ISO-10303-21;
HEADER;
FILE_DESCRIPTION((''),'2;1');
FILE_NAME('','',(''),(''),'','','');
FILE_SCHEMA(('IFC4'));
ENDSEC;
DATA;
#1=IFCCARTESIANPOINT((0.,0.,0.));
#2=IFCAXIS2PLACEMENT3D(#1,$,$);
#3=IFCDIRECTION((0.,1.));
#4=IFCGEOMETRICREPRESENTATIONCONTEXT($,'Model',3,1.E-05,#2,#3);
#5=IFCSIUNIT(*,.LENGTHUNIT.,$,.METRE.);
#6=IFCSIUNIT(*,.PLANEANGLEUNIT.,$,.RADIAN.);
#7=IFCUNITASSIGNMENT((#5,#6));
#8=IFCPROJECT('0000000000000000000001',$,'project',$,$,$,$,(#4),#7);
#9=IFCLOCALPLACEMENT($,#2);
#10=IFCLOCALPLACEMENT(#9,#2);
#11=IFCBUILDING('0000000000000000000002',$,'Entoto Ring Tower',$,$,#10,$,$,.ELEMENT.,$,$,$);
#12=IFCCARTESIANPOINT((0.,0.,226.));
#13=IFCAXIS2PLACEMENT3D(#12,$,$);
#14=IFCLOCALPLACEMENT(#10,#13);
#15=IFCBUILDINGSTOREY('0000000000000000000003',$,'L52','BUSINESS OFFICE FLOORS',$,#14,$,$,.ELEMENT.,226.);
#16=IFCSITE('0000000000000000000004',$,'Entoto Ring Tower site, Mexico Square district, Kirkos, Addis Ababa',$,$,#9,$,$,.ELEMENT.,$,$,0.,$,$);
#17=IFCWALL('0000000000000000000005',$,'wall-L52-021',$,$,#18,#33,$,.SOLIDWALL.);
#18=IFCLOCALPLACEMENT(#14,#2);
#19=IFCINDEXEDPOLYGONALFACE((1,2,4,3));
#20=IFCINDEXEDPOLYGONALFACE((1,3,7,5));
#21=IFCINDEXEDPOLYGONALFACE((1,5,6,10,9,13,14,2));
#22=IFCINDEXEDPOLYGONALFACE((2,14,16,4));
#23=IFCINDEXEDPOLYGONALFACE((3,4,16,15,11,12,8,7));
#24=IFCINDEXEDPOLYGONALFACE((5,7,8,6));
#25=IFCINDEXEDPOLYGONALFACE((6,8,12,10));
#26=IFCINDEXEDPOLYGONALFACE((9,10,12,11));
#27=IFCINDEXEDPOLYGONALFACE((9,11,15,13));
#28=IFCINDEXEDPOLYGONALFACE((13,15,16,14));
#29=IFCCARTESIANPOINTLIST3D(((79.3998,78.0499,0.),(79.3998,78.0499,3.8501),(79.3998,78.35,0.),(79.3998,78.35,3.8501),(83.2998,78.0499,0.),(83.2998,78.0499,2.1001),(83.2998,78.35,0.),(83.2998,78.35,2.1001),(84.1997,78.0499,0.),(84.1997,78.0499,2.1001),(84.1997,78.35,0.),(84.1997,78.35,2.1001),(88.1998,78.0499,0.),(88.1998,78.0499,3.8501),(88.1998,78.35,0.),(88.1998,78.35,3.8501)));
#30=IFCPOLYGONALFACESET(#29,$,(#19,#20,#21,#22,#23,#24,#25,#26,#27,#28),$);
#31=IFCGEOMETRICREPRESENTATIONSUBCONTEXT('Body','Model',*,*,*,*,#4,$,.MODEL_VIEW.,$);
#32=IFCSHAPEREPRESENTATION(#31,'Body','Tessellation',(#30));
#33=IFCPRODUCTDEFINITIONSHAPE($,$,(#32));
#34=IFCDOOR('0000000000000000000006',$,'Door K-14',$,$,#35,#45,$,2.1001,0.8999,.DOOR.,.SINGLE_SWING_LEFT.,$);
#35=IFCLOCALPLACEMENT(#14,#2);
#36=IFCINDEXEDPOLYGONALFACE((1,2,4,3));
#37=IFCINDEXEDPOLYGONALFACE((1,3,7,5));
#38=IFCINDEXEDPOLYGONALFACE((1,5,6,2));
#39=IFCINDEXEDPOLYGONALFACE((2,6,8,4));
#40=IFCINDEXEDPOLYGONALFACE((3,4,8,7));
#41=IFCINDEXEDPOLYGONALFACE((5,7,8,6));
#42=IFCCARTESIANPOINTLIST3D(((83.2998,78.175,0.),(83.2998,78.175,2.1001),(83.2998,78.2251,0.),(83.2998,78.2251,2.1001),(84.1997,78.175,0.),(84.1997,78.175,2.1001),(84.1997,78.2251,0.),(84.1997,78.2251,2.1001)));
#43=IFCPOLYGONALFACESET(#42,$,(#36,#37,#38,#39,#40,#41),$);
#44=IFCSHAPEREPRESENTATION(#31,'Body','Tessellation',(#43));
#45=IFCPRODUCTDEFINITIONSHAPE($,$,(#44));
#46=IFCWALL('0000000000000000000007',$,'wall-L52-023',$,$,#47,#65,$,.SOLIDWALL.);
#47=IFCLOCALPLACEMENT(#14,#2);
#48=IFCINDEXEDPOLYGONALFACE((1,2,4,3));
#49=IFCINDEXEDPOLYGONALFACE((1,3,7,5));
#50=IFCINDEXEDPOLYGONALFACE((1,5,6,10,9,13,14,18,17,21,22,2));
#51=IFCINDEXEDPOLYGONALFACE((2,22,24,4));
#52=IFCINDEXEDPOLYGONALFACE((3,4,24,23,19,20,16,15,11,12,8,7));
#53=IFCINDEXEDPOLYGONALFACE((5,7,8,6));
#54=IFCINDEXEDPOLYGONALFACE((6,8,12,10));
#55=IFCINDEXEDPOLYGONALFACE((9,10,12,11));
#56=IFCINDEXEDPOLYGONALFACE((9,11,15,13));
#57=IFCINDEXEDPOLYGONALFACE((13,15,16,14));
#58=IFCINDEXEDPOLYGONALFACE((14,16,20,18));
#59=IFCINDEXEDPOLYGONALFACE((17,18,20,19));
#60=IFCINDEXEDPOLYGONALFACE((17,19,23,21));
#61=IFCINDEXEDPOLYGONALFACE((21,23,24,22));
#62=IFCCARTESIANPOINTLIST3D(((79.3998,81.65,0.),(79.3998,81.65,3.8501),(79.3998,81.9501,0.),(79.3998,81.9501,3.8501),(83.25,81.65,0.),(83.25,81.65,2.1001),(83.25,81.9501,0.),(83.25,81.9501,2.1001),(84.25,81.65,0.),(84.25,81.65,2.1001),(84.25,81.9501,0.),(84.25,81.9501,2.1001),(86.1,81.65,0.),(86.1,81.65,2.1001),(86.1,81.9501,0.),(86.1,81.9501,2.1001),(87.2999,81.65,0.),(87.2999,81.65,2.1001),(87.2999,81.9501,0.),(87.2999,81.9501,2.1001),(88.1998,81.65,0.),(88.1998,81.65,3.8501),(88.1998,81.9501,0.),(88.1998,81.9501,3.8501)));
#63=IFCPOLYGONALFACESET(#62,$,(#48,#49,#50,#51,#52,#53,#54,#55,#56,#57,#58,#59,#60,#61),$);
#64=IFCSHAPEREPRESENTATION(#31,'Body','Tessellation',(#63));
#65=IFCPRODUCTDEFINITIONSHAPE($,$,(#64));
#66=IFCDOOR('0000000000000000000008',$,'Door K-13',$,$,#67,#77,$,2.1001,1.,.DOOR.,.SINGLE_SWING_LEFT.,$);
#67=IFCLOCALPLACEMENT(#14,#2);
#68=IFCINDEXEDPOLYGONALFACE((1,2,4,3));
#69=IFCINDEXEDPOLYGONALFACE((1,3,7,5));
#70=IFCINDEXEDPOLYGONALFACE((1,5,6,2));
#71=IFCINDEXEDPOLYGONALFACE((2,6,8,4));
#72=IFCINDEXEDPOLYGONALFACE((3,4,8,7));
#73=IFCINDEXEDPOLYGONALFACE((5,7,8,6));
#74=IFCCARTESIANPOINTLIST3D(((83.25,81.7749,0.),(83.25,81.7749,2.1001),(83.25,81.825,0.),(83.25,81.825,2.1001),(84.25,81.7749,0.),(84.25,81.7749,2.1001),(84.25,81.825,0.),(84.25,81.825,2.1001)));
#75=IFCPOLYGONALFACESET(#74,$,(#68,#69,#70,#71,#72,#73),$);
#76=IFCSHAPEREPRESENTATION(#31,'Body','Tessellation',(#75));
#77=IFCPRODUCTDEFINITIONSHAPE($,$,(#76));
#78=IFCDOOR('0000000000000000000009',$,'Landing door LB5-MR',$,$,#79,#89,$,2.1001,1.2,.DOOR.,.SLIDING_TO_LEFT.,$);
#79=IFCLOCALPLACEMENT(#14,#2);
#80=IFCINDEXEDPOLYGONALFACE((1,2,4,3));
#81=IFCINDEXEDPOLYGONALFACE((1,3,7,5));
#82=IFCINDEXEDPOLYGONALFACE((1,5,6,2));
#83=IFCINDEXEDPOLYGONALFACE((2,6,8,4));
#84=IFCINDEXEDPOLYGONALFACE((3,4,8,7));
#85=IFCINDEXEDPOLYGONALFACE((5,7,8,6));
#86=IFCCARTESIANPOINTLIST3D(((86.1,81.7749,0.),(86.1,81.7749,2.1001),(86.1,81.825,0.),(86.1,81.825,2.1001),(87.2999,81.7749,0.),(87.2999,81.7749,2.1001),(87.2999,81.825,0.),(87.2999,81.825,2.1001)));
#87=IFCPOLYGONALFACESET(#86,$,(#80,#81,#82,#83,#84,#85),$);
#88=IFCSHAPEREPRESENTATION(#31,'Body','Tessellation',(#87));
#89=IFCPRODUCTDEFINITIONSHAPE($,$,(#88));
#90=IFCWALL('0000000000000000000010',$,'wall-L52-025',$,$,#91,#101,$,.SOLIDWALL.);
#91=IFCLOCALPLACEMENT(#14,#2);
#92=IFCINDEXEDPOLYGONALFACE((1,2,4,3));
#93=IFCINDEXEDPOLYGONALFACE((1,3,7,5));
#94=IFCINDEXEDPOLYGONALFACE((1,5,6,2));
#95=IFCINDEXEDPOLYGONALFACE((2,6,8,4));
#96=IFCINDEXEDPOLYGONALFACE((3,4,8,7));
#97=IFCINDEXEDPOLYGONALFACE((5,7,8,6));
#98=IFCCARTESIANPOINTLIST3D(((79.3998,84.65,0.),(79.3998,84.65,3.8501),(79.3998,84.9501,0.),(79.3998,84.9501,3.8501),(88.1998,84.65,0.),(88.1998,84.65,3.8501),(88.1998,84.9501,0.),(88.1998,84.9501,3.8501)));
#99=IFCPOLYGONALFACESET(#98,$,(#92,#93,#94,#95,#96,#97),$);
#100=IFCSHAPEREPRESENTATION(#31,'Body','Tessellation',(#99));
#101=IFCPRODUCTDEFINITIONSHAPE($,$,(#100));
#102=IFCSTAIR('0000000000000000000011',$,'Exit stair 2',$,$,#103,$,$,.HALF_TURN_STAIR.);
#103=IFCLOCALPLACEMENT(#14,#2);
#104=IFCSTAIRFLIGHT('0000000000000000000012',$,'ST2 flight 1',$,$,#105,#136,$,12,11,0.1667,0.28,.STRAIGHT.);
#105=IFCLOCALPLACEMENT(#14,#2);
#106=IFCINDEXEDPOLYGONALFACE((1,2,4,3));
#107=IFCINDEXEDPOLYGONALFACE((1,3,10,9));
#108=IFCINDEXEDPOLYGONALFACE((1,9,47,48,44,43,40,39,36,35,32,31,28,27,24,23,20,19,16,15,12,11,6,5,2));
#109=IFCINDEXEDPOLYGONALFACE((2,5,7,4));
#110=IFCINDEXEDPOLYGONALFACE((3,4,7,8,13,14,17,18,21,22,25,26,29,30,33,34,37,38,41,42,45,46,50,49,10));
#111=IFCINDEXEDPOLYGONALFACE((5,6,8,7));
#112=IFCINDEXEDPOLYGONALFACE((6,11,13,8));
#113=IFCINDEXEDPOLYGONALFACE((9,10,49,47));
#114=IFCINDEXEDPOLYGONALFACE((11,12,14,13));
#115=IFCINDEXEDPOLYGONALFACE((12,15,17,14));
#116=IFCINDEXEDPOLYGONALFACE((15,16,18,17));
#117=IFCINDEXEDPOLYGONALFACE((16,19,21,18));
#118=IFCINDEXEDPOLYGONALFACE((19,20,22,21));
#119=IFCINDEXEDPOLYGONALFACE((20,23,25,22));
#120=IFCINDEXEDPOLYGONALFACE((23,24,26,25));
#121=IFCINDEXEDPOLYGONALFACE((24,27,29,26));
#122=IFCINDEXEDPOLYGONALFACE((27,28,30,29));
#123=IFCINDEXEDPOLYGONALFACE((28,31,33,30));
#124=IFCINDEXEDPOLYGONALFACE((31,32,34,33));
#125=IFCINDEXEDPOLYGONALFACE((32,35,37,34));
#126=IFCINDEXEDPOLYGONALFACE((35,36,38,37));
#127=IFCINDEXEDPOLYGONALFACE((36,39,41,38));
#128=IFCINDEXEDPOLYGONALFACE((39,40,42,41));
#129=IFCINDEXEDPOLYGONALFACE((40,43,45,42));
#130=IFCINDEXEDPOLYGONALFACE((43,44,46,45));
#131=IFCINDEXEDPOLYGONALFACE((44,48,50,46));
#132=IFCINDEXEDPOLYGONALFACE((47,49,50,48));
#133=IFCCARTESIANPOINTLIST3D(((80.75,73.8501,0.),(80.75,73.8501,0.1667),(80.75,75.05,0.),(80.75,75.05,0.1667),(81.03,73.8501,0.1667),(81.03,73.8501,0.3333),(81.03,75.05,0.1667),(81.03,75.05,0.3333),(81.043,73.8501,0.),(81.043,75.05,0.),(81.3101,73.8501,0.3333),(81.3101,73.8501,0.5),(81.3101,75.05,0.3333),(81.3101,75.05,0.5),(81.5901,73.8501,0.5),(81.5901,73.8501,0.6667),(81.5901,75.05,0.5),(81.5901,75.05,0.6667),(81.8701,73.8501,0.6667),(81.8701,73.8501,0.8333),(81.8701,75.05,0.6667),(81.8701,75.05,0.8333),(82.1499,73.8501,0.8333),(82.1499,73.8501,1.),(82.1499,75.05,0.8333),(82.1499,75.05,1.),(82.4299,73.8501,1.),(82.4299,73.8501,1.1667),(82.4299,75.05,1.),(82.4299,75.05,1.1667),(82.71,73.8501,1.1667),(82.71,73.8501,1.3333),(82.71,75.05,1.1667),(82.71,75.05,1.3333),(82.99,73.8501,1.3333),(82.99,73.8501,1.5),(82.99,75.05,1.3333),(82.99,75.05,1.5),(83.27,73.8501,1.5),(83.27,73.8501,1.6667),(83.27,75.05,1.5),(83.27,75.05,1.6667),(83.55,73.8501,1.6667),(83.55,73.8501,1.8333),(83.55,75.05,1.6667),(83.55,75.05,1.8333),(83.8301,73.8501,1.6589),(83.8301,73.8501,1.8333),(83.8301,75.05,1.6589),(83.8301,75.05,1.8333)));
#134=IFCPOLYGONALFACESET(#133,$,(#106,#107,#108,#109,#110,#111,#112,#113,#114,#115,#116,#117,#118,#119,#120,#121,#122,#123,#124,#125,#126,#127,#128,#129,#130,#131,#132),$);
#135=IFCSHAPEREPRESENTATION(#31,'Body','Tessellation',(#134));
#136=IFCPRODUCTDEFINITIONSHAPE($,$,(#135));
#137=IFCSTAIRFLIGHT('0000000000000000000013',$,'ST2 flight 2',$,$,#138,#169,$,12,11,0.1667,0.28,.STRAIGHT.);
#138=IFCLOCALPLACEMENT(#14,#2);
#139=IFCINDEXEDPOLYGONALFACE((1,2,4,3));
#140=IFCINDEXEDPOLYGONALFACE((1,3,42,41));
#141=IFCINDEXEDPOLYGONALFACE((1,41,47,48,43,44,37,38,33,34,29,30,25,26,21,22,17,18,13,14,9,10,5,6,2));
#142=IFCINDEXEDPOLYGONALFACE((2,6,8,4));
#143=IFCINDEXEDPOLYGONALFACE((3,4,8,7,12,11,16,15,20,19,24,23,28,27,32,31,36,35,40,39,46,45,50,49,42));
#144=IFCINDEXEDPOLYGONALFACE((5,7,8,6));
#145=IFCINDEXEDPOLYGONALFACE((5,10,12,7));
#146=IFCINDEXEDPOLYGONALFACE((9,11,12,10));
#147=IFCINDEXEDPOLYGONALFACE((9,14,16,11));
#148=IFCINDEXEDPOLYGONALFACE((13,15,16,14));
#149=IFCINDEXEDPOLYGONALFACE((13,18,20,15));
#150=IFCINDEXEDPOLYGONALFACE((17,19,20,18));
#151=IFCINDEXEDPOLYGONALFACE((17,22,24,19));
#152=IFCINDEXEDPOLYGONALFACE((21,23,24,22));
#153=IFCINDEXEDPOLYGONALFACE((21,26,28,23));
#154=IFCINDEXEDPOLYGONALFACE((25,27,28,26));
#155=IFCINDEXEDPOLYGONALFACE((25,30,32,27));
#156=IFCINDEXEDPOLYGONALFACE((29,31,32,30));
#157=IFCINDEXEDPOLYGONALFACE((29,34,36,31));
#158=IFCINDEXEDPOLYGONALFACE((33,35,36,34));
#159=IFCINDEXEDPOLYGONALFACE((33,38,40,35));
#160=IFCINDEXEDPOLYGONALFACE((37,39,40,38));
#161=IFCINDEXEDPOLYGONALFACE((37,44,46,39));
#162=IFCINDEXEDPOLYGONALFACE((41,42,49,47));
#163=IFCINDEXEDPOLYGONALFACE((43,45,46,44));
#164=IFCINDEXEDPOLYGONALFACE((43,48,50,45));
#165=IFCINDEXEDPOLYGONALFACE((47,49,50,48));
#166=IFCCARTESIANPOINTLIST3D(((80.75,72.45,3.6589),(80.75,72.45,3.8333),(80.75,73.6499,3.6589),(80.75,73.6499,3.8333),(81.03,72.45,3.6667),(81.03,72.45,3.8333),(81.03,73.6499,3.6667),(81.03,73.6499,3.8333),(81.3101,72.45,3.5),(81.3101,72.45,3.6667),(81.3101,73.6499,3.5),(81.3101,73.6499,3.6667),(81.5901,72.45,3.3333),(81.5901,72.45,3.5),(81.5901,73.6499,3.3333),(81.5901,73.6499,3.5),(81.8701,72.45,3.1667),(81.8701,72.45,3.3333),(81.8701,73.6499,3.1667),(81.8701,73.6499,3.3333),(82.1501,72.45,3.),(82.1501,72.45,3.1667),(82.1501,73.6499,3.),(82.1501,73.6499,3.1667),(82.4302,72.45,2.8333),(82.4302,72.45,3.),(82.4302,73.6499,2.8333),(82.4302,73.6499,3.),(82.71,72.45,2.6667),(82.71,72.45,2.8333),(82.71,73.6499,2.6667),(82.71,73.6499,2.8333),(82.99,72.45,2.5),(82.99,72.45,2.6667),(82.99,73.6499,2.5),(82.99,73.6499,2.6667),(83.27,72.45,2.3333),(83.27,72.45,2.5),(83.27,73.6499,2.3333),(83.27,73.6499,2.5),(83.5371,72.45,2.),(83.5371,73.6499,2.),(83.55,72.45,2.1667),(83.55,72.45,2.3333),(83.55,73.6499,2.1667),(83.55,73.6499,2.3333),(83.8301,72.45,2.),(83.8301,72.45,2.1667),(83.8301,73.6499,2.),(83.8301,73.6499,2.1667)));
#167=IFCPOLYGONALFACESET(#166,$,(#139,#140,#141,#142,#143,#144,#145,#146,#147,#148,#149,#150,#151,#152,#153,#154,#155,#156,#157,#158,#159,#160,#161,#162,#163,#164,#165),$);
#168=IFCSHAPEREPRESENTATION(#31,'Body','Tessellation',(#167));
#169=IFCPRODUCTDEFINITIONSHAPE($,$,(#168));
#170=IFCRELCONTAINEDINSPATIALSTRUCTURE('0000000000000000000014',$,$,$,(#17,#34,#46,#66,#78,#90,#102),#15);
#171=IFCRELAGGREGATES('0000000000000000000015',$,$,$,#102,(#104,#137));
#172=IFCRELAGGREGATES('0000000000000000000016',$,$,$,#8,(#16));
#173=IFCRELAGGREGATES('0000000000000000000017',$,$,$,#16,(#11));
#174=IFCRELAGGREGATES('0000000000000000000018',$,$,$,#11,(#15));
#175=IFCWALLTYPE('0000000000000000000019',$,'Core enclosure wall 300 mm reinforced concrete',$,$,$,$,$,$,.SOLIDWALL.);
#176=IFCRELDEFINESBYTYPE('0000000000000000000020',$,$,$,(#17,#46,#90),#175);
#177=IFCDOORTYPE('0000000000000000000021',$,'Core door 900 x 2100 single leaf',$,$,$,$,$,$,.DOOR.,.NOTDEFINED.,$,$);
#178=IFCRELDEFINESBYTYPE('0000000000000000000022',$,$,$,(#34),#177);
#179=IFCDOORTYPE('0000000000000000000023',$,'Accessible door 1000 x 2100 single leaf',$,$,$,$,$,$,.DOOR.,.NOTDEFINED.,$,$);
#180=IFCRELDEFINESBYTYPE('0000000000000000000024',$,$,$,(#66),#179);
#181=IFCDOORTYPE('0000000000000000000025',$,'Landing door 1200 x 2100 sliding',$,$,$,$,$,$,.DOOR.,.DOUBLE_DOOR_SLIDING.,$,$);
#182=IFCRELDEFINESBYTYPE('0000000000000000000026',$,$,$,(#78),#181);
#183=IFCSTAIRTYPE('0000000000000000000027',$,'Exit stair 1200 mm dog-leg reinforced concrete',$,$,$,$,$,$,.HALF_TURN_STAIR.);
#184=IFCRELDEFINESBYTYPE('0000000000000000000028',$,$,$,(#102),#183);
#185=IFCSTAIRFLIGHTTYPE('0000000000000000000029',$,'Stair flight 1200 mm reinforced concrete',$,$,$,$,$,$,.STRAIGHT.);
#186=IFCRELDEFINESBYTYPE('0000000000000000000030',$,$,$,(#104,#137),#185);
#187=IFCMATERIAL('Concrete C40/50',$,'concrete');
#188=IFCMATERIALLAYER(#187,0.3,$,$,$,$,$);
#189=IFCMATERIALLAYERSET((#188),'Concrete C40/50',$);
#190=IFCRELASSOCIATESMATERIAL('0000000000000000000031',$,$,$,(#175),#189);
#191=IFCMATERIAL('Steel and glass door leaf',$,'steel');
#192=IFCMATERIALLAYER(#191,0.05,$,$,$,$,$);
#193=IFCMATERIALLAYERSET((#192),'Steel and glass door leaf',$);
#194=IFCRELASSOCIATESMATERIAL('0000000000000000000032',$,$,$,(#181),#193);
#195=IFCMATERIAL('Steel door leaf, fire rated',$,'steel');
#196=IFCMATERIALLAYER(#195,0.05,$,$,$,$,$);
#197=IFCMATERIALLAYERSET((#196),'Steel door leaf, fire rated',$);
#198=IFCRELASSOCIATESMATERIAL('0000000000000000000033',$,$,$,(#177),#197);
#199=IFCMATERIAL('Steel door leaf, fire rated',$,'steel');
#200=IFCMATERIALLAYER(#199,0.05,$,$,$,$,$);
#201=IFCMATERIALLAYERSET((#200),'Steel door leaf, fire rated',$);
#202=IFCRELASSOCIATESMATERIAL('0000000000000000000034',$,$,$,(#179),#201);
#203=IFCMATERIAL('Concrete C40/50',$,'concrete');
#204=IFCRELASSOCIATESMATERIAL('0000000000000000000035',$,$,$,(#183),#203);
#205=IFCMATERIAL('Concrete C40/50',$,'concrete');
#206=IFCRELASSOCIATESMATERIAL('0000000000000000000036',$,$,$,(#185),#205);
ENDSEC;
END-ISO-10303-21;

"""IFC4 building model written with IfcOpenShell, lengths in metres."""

from ifc_helpers import new_model, si_unit, direction, frame, frame_2d, origin, place, context, subcontext, project, spatial, polyline, rectangle, outline, extrude, material, layer, layer_set, type_object, element, fill, aggregate, save


model = new_model("IFC4")

# Units and contexts
model_context = context("Model", 3, precision=1e-05, world=origin(), true_north=direction((0.0, 1.0)))
body_context = subcontext(model_context, "Body", "Model", "MODEL_VIEW")
ifc_project = project(units=[si_unit("LENGTHUNIT", "METRE"), si_unit("PLANEANGLEUNIT", "RADIAN")], contexts=[model_context])

# Site, building, storey
site_placement = place(None, origin())
site = spatial("IfcSite", under=ifc_project, at=site_placement, Name="Entoto Ring Tower site, Mexico Square district, Kirkos, Addis Ababa", CompositionType="ELEMENT", RefElevation=0.0)
building_placement = place(site_placement, origin())
building = spatial("IfcBuilding", under=site, at=building_placement, Name="Entoto Ring Tower", CompositionType="ELEMENT")
storey_placement = place(building_placement, frame((0.0, 0.0, 226.0)))
storey = spatial("IfcBuildingStorey", under=building, at=storey_placement, Name="L52", Description="BUSINESS OFFICE FLOORS", CompositionType="ELEMENT", Elevation=226.0)

# Shared definitions
ifc_material_1 = material(Name="Concrete C40/50", Category="concrete")
ifc_layer_1 = layer(ifc_material_1, 0.3)
ifc_layer_set_1 = layer_set([ifc_layer_1], Name="Concrete C40/50")
wall_type = type_object("IfcWallType", Name="Core enclosure wall 300 mm reinforced concrete", PredefinedType="SOLIDWALL", material=ifc_layer_set_1)
ifc_material_2 = material(Name="Steel and glass door leaf", Category="steel")
ifc_layer_2 = layer(ifc_material_2, 0.05)
ifc_layer_set_2 = layer_set([ifc_layer_2], Name="Steel and glass door leaf")
door_type_1 = type_object("IfcDoorType", Name="Landing door 1200 x 2100 sliding", OperationType="DOUBLE_DOOR_SLIDING", PredefinedType="DOOR", material=ifc_layer_set_2)

# Wall, opening, door
wall_1_placement = place(storey_placement, frame((79.3999, 78.2, 0.0), z_axis=(0.0, 0.0, 1.0), x_axis=(1.0, 0.0, 0.0)))
wall_1 = element("IfcWall", 1, at=wall_1_placement, inside=storey, type_object=wall_type, Name="wall-L52-021", PredefinedType="SOLIDWALL", context=body_context, shape_type="SweptSolid", body=[
    extrude(rectangle(XDim=8.8, YDim=0.3, at=frame_2d((4.3999, 0.0))), origin(), (0.0, 0.0, 1.0), 3.8501),
])
opening_1_placement = place(wall_1_placement, frame((3.8999, 0.0, 0.0)))
opening_1 = element("IfcOpeningElement", 2, at=opening_1_placement, cuts=wall_1, PredefinedType="OPENING", context=body_context, shape_type="SweptSolid", body=[
    extrude(rectangle(XDim=0.8999, YDim=2.1001, at=frame_2d((0.45, 1.05))), frame((0.0, 0.1602, 0.0), z_axis=(0.0, -1.0, 0.0), x_axis=(1.0, 0.0, 0.0)), (0.0, 0.0, 1.0), 0.3201),
])
ifc_material_3 = material(Name="Steel door leaf, fire rated", Category="steel")
ifc_layer_3 = layer(ifc_material_3, 0.05)
ifc_layer_set_3 = layer_set([ifc_layer_3], Name="Steel door leaf, fire rated")
door_type_2 = type_object("IfcDoorType", Name="Core door 900 x 2100 single leaf", OperationType="NOTDEFINED", PredefinedType="DOOR", material=ifc_layer_set_3)
door_1_placement = place(opening_1_placement, frame((0.8999, 0.0, 0.0), z_axis=(0.0, 0.0, 1.0), x_axis=(-1.0, 0.0, 0.0)))
door_1 = element("IfcDoor", 3, at=door_1_placement, inside=storey, type_object=door_type_2, Name="Door K-14", OperationType="SINGLE_SWING_LEFT", OverallHeight=2.1001, OverallWidth=0.8999, PredefinedType="DOOR", context=body_context, shape_type="SweptSolid", body=[
    extrude(rectangle(XDim=0.8999, YDim=2.1001, at=frame_2d((0.45, 1.05))), frame((0.0, 0.0249, 0.0), z_axis=(0.0, -1.0, 0.0), x_axis=(1.0, 0.0, 0.0)), (0.0, 0.0, 1.0), 0.05),
])
fill(opening_1, door_1)

# Wall, openings, doors
wall_2_placement = place(storey_placement, frame((79.3999, 81.8, 0.0), z_axis=(0.0, 0.0, 1.0), x_axis=(1.0, 0.0, 0.0)))
wall_2 = element("IfcWall", 4, at=wall_2_placement, inside=storey, type_object=wall_type, Name="wall-L52-023", PredefinedType="SOLIDWALL", context=body_context, shape_type="SweptSolid", body=[
    extrude(rectangle(XDim=8.8, YDim=0.3, at=frame_2d((4.3999, 0.0))), origin(), (0.0, 0.0, 1.0), 3.8501),
])
opening_2_placement = place(wall_2_placement, frame((6.7, 0.0, 0.0)))
opening_2 = element("IfcOpeningElement", 5, at=opening_2_placement, cuts=wall_2, PredefinedType="OPENING", context=body_context, shape_type="SweptSolid", body=[
    extrude(rectangle(XDim=1.2, YDim=2.1001, at=frame_2d((0.6001, 1.05))), frame((0.0, 0.1602, 0.0), z_axis=(0.0, -1.0, 0.0), x_axis=(1.0, 0.0, 0.0)), (0.0, 0.0, 1.0), 0.3201),
])
opening_3_placement = place(wall_2_placement, frame((3.8501, 0.0, 0.0)))
opening_3 = element("IfcOpeningElement", 6, at=opening_3_placement, cuts=wall_2, PredefinedType="OPENING", context=body_context, shape_type="SweptSolid", body=[
    extrude(rectangle(XDim=1.0, YDim=2.1001, at=frame_2d((0.5, 1.05))), frame((0.0, 0.1602, 0.0), z_axis=(0.0, -1.0, 0.0), x_axis=(1.0, 0.0, 0.0)), (0.0, 0.0, 1.0), 0.3201),
])
ifc_material_4 = material(Name="Steel door leaf, fire rated", Category="steel")
ifc_layer_4 = layer(ifc_material_4, 0.05)
ifc_layer_set_4 = layer_set([ifc_layer_4], Name="Steel door leaf, fire rated")
door_type_3 = type_object("IfcDoorType", Name="Accessible door 1000 x 2100 single leaf", OperationType="NOTDEFINED", PredefinedType="DOOR", material=ifc_layer_set_4)
door_2_placement = place(opening_3_placement, origin())
door_2 = element("IfcDoor", 7, at=door_2_placement, inside=storey, type_object=door_type_3, Name="Door K-13", OperationType="SINGLE_SWING_LEFT", OverallHeight=2.1001, OverallWidth=1.0, PredefinedType="DOOR", context=body_context, shape_type="SweptSolid", body=[
    extrude(rectangle(XDim=1.0, YDim=2.1001, at=frame_2d((0.5, 1.05))), frame((0.0, 0.0249, 0.0), z_axis=(0.0, -1.0, 0.0), x_axis=(1.0, 0.0, 0.0)), (0.0, 0.0, 1.0), 0.05),
])
fill(opening_3, door_2)
door_3_placement = place(opening_2_placement, origin())
door_3 = element("IfcDoor", 8, at=door_3_placement, inside=storey, type_object=door_type_1, Name="Landing door LB5-MR", OperationType="SLIDING_TO_LEFT", OverallHeight=2.1001, OverallWidth=1.2, PredefinedType="DOOR", context=body_context, shape_type="SweptSolid", body=[
    extrude(rectangle(XDim=1.2, YDim=2.1001, at=frame_2d((0.6001, 1.05))), frame((0.0, 0.0249, 0.0), z_axis=(0.0, -1.0, 0.0), x_axis=(1.0, 0.0, 0.0)), (0.0, 0.0, 1.0), 0.05),
])
fill(opening_2, door_3)

# Wall
wall_3_placement = place(storey_placement, frame((79.3999, 84.8, 0.0), z_axis=(0.0, 0.0, 1.0), x_axis=(1.0, 0.0, 0.0)))
element("IfcWall", 9, at=wall_3_placement, inside=storey, type_object=wall_type, Name="wall-L52-025", PredefinedType="SOLIDWALL", context=body_context, shape_type="SweptSolid", body=[
    extrude(rectangle(XDim=8.8, YDim=0.3, at=frame_2d((4.3999, 0.0))), origin(), (0.0, 0.0, 1.0), 3.8501),
])

# Stair, stair flights
ifc_material_5 = material(Name="Concrete C40/50", Category="concrete")
stair_type = type_object("IfcStairType", Name="Exit stair 1200 mm dog-leg reinforced concrete", PredefinedType="HALF_TURN_STAIR", material=ifc_material_5)
stair_placement = place(storey_placement, origin())
stair = element("IfcStair", 10, at=stair_placement, inside=storey, type_object=stair_type, Name="Exit stair 2", PredefinedType="HALF_TURN_STAIR")
ifc_material_6 = material(Name="Concrete C40/50", Category="concrete")
stair_flight_type = type_object("IfcStairFlightType", Name="Stair flight 1200 mm reinforced concrete", PredefinedType="STRAIGHT", material=ifc_material_6)
stair_flight_1_placement = place(storey_placement, frame((80.75, 74.45, 0.0), z_axis=(0.0, 0.0, 1.0), x_axis=(1.0, 0.0, 0.0)))
stair_flight_1 = element("IfcStairFlight", 11, at=stair_flight_1_placement, type_object=stair_flight_type, Name="ST2 flight 1", NumberOfRisers=12, NumberOfTreads=11, PredefinedType="STRAIGHT", RiserHeight=0.1667, TreadLength=0.28, context=body_context, shape_type="SweptSolid", body=[
    extrude(outline(polyline([(0.0, 0.0), (0.0, 0.1667), (0.28, 0.1667), (0.28, 0.3333), (0.5601, 0.3333), (0.5601, 0.5), (0.8401, 0.5), (0.8401, 0.6667), (1.1201, 0.6667), (1.1201, 0.8333), (1.3999, 0.8333), (1.3999, 1.0), (1.6799, 1.0), (1.6799, 1.1667), (1.96, 1.1667), (1.96, 1.3333), (2.24, 1.3333), (2.24, 1.5), (2.52, 1.5), (2.52, 1.6667), (2.8, 1.6667), (2.8, 1.8333), (3.0801, 1.8333), (3.0801, 2.0), (3.0801, 1.6589), (0.293, 0.0), (0.0, 0.0)])), frame((0.0, 0.6001, 0.0), z_axis=(0.0, -1.0, 0.0), x_axis=(1.0, 0.0, 0.0)), (0.0, 0.0, 1.0), 1.2),
])
stair_flight_2_placement = place(storey_placement, frame((83.8301, 73.05, 2.0), z_axis=(0.0, 0.0, 1.0), x_axis=(-1.0, 0.0, 0.0)))
stair_flight_2 = element("IfcStairFlight", 12, at=stair_flight_2_placement, type_object=stair_flight_type, Name="ST2 flight 2", NumberOfRisers=12, NumberOfTreads=11, PredefinedType="STRAIGHT", RiserHeight=0.1667, TreadLength=0.28, context=body_context, shape_type="SweptSolid", body=[
    extrude(outline(polyline([(0.0, 0.0), (0.0, 0.1667), (0.28, 0.1667), (0.28, 0.3333), (0.5601, 0.3333), (0.5601, 0.5), (0.8401, 0.5), (0.8401, 0.6667), (1.1201, 0.6667), (1.1201, 0.8333), (1.3999, 0.8333), (1.3999, 1.0), (1.6799, 1.0), (1.6799, 1.1667), (1.96, 1.1667), (1.96, 1.3333), (2.24, 1.3333), (2.24, 1.5), (2.52, 1.5), (2.52, 1.6667), (2.8, 1.6667), (2.8, 1.8333), (3.0801, 1.8333), (3.0801, 2.0), (3.0801, 1.6589), (0.293, 0.0), (0.0, 0.0)])), frame((0.0, 0.6001, 0.0), z_axis=(0.0, -1.0, 0.0), x_axis=(1.0, 0.0, 0.0)), (0.0, 0.0, 1.0), 1.2),
])
aggregate(stair, [stair_flight_1, stair_flight_2])

save(model, "model.ifc")
